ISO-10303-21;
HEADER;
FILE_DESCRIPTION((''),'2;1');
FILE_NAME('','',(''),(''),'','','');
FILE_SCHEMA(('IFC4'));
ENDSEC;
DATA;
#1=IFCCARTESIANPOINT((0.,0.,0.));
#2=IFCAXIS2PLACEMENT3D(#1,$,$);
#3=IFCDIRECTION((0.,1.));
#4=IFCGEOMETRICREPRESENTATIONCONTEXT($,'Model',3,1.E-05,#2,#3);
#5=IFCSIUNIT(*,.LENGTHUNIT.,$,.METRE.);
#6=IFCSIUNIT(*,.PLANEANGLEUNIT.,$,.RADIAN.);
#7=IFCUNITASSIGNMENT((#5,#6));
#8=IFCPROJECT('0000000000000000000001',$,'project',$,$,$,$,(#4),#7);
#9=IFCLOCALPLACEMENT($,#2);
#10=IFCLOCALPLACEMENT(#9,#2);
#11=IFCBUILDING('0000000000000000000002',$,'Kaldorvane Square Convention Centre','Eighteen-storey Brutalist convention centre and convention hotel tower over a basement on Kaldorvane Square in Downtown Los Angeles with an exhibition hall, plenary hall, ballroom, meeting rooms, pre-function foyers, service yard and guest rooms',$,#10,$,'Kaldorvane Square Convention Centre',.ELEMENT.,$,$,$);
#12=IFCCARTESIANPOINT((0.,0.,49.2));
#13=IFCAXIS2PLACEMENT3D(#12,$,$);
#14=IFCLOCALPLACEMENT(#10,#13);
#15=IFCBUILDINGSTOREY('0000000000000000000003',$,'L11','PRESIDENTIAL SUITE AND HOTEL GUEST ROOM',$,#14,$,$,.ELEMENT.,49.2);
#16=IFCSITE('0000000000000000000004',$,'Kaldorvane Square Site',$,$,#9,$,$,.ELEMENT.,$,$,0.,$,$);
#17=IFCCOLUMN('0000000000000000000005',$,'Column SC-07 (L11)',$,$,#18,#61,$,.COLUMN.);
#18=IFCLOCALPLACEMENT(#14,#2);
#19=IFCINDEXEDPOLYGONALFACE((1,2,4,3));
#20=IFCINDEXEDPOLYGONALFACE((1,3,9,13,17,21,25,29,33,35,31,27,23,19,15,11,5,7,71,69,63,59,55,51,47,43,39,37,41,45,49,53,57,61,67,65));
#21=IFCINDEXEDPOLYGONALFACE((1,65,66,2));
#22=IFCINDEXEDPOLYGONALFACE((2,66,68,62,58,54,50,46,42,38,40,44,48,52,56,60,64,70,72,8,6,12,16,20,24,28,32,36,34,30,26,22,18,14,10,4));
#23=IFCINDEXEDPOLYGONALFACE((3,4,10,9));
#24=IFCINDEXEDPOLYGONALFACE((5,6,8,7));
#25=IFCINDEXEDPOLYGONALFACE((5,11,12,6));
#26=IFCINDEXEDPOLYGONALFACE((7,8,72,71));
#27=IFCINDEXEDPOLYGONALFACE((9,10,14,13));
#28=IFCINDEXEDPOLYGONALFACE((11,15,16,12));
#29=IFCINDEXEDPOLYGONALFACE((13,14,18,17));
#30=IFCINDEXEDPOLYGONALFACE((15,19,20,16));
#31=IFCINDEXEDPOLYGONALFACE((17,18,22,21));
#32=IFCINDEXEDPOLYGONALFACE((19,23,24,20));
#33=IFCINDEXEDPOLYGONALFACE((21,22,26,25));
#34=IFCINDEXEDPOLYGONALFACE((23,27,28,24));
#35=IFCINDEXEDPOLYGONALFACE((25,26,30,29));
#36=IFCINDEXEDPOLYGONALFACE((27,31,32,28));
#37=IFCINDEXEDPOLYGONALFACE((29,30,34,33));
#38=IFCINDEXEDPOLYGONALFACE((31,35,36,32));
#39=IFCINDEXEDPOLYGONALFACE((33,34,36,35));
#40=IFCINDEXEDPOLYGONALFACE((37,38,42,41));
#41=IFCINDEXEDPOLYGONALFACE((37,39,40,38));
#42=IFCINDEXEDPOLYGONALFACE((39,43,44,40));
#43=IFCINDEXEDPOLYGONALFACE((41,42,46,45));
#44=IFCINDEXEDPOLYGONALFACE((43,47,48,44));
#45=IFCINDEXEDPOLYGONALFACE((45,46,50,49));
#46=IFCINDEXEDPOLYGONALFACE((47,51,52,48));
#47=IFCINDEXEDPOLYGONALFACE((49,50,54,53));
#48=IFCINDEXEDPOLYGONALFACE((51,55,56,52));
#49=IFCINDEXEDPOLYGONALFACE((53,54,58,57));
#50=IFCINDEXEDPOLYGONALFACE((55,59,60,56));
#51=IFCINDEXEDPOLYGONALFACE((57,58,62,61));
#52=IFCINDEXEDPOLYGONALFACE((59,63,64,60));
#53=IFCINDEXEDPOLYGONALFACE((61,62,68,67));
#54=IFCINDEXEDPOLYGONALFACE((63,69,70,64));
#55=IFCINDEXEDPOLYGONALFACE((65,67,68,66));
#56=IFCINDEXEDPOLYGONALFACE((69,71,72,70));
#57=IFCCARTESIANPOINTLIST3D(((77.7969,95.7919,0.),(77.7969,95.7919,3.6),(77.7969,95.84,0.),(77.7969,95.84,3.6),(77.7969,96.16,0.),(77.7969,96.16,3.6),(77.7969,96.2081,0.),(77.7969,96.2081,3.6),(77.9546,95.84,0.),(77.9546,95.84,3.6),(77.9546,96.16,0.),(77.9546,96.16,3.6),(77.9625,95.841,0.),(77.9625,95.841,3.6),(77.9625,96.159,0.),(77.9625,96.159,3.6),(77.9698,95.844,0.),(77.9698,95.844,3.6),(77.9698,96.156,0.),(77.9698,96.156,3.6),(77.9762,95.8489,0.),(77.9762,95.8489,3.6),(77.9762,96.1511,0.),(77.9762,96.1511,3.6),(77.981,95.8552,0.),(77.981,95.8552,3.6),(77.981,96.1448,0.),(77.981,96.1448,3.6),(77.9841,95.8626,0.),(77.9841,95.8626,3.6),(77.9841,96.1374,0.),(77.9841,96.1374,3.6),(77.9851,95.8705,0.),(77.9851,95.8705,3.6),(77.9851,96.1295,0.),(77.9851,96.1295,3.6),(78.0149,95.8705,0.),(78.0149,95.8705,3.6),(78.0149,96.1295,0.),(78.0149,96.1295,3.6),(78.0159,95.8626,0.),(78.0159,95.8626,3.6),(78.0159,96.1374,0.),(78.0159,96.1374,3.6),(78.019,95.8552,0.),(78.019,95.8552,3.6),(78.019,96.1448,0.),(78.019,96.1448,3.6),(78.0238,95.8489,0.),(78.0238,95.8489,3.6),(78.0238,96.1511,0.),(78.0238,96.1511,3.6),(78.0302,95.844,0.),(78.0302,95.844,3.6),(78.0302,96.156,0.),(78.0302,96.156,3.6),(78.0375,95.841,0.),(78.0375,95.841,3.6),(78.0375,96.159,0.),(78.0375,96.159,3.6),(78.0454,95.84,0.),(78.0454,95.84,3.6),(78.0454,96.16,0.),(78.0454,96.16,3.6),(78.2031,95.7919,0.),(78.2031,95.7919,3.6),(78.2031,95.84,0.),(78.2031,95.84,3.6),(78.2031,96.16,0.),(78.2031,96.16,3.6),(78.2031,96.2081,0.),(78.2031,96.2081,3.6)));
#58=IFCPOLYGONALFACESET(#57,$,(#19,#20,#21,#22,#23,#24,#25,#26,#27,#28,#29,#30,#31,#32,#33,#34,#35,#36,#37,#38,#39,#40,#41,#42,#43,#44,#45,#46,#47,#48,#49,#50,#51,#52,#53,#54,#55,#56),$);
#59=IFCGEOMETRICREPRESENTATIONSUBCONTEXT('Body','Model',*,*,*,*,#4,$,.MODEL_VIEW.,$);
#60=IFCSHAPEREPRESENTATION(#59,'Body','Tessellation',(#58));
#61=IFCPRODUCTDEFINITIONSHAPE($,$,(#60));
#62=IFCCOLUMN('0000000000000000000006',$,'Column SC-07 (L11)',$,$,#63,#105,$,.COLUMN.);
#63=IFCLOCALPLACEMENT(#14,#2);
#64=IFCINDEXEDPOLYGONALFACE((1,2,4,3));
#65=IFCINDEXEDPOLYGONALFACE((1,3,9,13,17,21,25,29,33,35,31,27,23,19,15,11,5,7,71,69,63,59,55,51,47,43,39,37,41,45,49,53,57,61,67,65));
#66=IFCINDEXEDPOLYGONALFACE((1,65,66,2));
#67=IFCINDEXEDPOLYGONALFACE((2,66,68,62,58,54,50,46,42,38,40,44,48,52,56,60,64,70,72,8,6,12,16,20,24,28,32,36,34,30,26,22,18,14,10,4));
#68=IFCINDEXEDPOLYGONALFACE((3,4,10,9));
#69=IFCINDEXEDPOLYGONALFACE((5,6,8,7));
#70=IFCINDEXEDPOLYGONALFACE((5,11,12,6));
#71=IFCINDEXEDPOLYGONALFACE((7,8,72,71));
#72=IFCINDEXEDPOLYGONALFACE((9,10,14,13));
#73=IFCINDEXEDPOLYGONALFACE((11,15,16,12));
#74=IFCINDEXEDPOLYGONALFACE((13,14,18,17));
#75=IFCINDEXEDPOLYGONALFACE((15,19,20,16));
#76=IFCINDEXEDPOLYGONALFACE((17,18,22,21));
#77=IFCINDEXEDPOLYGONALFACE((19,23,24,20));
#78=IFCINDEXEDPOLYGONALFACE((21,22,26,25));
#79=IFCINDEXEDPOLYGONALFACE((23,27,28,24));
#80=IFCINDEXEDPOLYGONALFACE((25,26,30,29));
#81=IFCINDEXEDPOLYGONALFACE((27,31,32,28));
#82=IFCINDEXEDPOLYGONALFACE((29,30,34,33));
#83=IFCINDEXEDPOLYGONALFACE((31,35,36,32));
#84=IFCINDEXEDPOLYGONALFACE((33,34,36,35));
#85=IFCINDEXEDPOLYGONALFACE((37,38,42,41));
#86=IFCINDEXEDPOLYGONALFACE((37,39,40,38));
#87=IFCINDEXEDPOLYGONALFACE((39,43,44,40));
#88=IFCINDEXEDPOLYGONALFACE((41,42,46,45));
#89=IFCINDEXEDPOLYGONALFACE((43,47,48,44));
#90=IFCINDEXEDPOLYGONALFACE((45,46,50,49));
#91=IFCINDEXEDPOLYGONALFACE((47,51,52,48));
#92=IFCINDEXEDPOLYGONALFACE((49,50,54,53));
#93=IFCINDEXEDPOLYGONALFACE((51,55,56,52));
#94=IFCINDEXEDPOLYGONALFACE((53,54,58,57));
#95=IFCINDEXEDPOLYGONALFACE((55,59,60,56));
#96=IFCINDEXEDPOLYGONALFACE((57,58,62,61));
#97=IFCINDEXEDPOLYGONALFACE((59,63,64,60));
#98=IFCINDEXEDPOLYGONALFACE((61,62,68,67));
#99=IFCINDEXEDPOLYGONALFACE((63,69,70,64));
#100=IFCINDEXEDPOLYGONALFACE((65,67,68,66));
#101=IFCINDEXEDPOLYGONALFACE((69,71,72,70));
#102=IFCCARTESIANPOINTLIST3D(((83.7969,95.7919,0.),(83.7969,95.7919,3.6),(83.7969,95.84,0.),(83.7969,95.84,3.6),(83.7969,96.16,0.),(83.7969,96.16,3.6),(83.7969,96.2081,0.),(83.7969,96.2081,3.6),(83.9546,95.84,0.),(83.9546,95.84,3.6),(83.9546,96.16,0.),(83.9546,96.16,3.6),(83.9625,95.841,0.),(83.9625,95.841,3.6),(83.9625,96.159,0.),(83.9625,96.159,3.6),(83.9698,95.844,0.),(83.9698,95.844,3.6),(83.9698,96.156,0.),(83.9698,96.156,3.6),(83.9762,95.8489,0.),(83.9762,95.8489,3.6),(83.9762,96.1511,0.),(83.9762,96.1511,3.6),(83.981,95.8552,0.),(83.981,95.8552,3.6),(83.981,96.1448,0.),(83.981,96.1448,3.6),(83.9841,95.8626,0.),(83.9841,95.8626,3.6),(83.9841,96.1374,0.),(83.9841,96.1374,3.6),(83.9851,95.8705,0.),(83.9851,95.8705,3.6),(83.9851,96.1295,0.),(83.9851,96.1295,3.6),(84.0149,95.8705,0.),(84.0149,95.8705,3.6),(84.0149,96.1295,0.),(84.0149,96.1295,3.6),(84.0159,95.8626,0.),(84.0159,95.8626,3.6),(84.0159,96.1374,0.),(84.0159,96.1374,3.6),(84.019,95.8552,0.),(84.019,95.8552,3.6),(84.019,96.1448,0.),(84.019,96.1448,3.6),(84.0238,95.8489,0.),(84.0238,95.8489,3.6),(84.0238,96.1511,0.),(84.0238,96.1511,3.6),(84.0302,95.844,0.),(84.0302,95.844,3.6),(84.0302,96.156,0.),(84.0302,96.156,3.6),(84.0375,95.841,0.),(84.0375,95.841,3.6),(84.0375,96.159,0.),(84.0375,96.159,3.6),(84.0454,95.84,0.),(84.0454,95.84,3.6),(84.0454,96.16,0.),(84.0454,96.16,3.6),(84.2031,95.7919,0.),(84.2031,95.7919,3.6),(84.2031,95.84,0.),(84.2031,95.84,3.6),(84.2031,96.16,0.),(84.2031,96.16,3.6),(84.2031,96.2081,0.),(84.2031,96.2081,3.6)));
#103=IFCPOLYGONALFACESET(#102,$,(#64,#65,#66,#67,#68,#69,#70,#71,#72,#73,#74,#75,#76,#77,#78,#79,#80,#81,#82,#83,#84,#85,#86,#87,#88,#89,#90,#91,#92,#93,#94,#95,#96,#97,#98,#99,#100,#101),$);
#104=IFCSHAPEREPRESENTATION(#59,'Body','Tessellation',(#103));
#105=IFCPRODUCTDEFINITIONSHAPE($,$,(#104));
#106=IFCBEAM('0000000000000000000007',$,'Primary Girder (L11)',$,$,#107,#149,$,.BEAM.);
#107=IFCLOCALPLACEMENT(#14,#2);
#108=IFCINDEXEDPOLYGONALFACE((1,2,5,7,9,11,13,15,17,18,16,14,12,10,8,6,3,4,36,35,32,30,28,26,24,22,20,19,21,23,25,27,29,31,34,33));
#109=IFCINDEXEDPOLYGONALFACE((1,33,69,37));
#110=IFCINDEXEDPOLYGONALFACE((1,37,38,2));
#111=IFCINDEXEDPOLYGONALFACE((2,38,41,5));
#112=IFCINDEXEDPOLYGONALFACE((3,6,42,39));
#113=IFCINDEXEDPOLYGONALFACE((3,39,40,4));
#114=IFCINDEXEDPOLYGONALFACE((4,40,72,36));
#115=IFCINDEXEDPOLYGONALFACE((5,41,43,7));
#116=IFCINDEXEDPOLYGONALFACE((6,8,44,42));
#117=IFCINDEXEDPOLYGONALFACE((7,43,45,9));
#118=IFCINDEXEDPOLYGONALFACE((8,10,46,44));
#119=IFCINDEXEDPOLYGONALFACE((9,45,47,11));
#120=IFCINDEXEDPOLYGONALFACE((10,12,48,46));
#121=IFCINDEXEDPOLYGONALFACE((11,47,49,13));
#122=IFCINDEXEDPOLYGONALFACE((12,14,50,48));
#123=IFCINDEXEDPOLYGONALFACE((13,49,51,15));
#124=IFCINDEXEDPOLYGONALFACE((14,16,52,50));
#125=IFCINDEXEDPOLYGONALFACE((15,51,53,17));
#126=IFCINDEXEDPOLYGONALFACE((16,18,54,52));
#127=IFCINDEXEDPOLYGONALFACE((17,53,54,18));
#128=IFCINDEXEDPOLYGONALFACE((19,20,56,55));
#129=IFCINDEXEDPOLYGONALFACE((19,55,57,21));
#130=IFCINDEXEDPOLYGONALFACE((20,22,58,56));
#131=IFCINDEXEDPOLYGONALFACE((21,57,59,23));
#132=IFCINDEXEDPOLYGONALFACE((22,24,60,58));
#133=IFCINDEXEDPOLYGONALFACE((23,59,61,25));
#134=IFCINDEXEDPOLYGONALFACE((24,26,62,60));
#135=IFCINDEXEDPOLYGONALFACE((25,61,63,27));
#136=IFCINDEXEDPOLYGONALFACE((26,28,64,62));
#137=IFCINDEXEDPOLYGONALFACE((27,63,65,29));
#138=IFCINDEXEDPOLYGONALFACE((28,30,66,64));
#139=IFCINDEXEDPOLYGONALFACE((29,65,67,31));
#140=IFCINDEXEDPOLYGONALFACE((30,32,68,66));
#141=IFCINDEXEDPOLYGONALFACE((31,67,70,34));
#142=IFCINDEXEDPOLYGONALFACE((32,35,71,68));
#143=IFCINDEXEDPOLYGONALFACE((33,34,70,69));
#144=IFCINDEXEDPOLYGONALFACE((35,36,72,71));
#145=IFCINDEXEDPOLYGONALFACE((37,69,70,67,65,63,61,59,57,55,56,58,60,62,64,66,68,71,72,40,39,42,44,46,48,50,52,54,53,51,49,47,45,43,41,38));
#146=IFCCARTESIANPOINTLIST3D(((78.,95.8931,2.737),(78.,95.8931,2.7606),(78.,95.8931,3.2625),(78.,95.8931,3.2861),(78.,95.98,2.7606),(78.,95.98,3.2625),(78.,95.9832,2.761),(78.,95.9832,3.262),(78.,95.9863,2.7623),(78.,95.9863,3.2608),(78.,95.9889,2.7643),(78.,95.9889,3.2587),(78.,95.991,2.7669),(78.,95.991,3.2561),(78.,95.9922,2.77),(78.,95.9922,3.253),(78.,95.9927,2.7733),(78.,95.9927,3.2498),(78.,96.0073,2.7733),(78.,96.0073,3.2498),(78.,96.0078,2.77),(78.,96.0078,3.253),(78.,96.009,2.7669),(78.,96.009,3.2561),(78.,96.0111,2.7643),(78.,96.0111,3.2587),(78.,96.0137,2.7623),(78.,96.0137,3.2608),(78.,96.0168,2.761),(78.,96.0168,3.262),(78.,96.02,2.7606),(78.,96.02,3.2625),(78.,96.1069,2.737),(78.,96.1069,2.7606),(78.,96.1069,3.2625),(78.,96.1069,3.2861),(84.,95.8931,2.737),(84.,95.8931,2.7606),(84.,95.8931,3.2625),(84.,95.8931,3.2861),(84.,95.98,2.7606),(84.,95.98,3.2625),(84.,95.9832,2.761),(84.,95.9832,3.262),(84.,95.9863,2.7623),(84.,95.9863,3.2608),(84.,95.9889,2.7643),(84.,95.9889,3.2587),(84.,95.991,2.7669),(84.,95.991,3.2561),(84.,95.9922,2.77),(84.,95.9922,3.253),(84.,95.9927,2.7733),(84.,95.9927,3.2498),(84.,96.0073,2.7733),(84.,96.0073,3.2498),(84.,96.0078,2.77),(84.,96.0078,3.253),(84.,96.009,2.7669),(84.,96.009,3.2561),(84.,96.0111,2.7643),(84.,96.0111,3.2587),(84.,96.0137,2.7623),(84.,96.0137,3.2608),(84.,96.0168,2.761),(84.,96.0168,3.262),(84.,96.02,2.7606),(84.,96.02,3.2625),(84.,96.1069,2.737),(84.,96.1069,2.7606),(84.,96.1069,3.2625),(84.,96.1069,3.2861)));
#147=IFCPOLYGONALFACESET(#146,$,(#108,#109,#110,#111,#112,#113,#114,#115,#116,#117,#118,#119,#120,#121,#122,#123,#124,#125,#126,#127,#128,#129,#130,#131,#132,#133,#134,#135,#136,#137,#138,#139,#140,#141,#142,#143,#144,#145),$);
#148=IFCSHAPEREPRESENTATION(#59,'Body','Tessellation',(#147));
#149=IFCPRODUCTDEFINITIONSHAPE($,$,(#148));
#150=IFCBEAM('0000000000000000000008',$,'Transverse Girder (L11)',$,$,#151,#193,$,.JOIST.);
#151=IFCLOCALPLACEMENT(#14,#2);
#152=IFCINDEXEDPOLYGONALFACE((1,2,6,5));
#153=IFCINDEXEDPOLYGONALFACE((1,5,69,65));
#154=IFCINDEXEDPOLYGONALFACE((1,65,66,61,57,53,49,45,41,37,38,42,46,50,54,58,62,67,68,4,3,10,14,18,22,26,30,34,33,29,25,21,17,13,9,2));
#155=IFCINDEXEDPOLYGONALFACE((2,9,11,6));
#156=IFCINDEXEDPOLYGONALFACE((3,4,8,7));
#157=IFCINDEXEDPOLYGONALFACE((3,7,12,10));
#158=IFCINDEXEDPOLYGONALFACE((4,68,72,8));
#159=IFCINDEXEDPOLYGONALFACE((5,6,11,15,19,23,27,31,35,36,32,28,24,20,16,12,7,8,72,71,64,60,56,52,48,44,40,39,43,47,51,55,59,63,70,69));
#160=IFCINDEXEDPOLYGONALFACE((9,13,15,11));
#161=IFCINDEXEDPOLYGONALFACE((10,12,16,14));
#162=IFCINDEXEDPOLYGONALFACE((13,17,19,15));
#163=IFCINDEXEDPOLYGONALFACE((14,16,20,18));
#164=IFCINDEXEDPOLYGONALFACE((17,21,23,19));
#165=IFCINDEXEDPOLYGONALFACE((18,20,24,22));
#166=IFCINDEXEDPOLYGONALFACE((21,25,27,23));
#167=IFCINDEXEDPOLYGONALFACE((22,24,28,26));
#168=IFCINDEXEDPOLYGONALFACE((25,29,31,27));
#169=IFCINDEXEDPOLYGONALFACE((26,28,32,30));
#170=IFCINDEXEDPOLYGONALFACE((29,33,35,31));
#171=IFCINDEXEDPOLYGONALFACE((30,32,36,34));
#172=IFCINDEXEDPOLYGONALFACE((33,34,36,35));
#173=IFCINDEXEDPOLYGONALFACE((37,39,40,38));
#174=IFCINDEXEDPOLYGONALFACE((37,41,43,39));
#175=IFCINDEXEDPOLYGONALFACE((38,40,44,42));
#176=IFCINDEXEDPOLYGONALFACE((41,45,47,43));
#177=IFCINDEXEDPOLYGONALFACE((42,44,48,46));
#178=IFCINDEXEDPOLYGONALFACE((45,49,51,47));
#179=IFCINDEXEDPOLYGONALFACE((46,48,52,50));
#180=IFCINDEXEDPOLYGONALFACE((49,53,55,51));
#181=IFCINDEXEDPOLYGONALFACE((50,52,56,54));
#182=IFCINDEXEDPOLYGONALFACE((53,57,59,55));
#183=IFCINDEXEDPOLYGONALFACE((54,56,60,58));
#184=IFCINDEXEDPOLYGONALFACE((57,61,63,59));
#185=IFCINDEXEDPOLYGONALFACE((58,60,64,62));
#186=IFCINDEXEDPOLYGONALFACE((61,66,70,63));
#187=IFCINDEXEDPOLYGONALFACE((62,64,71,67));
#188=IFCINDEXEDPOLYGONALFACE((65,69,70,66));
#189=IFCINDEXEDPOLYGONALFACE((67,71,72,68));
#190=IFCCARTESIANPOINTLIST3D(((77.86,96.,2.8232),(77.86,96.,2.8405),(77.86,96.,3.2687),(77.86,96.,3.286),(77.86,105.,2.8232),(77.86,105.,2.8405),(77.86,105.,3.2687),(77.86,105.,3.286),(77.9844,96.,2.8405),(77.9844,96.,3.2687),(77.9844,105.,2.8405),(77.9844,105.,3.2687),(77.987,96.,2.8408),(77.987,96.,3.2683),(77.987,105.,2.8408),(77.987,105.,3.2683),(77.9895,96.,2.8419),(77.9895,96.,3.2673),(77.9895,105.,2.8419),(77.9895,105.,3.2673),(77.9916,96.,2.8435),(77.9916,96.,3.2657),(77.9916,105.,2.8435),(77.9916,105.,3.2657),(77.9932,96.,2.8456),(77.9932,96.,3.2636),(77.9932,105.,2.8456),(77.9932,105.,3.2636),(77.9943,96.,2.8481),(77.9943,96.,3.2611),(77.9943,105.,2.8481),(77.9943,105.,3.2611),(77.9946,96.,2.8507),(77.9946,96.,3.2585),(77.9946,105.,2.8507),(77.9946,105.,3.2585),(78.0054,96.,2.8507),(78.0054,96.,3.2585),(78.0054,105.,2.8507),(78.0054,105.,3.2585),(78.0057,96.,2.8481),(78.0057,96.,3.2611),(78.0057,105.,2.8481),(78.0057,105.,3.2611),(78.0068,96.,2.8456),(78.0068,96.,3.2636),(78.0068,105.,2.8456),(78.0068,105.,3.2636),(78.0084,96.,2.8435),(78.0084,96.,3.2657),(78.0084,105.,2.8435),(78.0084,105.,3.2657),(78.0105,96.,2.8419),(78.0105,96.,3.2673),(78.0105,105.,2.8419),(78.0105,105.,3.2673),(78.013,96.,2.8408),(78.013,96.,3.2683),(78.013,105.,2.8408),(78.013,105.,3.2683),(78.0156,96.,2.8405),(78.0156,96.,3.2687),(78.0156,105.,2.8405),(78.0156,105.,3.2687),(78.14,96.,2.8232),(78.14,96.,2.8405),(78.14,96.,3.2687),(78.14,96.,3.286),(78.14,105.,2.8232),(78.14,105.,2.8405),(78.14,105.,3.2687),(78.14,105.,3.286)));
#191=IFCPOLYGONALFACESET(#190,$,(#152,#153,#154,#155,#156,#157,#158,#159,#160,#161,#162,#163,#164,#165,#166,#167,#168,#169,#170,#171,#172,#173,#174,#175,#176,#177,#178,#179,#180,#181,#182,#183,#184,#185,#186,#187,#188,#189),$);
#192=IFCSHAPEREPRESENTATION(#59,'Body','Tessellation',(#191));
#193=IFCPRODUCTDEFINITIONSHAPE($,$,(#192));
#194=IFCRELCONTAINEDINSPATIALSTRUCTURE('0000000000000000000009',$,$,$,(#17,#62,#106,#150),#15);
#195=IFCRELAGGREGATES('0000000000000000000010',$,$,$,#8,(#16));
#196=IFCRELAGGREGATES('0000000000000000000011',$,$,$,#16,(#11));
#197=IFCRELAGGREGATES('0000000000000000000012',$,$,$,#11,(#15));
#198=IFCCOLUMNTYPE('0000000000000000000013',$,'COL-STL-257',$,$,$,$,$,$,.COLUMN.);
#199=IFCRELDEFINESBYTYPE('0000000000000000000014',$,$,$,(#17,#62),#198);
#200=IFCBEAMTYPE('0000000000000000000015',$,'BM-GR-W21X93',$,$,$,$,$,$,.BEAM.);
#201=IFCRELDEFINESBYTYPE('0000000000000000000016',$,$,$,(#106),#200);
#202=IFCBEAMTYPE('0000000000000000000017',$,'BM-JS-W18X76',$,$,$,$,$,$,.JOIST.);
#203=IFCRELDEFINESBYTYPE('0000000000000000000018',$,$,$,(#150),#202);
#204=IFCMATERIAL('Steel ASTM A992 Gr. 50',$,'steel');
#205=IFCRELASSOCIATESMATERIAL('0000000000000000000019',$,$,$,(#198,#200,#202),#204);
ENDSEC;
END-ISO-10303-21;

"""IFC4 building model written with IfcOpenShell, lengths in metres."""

from ifc_helpers import new_model, si_unit, direction, frame, origin, origin_2d, place, context, subcontext, project, spatial, i_section, extrude, material, material_profile, profile_set, type_object, element, save


model = new_model("IFC4")

# Units and contexts
model_context = context("Model", 3, precision=1e-05, world=origin(), true_north=direction((0.0, 1.0)))
body_context = subcontext(model_context, "Body", "Model", "MODEL_VIEW")
ifc_project = project(units=[si_unit("LENGTHUNIT", "METRE"), si_unit("PLANEANGLEUNIT", "RADIAN")], contexts=[model_context])

# Site, building, storey
site_placement = place(None, origin())
site = spatial("IfcSite", under=ifc_project, at=site_placement, Name="Kaldorvane Square Site", CompositionType="ELEMENT", RefElevation=0.0)
building_placement = place(site_placement, origin())
building = spatial("IfcBuilding", under=site, at=building_placement, Name="Kaldorvane Square Convention Centre", Description="Eighteen-storey Brutalist convention centre and convention hotel tower over a basement on Kaldorvane Square in Downtown Los Angeles with an exhibition hall, plenary hall, ballroom, meeting rooms, pre-function foyers, service yard and guest rooms", LongName="Kaldorvane Square Convention Centre", CompositionType="ELEMENT")
storey_placement = place(building_placement, frame((0.0, 0.0, 49.2)))
storey = spatial("IfcBuildingStorey", under=building, at=storey_placement, Name="L11", Description="PRESIDENTIAL SUITE AND HOTEL GUEST ROOM", CompositionType="ELEMENT", Elevation=49.2)

# Columns
ifc_material_1 = material(Name="Steel ASTM A992 Gr. 50", Category="steel")
ifc_material_profile_1 = material_profile(ifc_material_1, i_section(OverallWidth=0.4063, OverallDepth=0.4161, WebThickness=0.0298, FlangeThickness=0.048, FilletRadius=0.0305, at=origin_2d()), Name="W14X257")
ifc_profile_set_1 = profile_set([ifc_material_profile_1], Name="Steel ASTM A992 Gr. 50")
column_type = type_object("IfcColumnType", Name="COL-STL-257", PredefinedType="COLUMN", material=ifc_profile_set_1)
for number, where, z_axis, x_axis, name in (
    (1, (78.0, 96.0, 0.0), (0.0, 0.0, 1.0), (1.0, 0.0, 0.0), "Column SC-07 (L11)"),
    (2, (84.0, 96.0, 0.0), (0.0, 0.0, 1.0), (1.0, 0.0, 0.0), "Column SC-07 (L11)"),
):
    element("IfcColumn", number, at=place(storey_placement, frame(where, z_axis=z_axis, x_axis=x_axis)), inside=storey, type_object=column_type, Name=name, PredefinedType="COLUMN", context=body_context, shape_type="SweptSolid", body=[
        extrude(i_section(OverallWidth=0.4063, OverallDepth=0.4161, WebThickness=0.0298, FlangeThickness=0.048, FilletRadius=0.0305, at=origin_2d()), origin(), (0.0, 0.0, 1.0), 3.6),
    ])

# Beams
ifc_material_profile_2 = material_profile(ifc_material_1, i_section(OverallWidth=0.2139, OverallDepth=0.5491, WebThickness=0.0147, FlangeThickness=0.0236, FilletRadius=0.0127, at=origin_2d()), Name="W21X93")
ifc_profile_set_2 = profile_set([ifc_material_profile_2], Name="Steel ASTM A992 Gr. 50")
beam_type_1 = type_object("IfcBeamType", Name="BM-GR-W21X93", PredefinedType="BEAM", material=ifc_profile_set_2)
beam_1_placement = place(storey_placement, frame((78.0, 96.0, 3.0115), z_axis=(1.0, 0.0, 0.0), x_axis=(0.0, 1.0, 0.0)))
element("IfcBeam", 3, at=beam_1_placement, inside=storey, type_object=beam_type_1, Name="Primary Girder (L11)", PredefinedType="BEAM", context=body_context, shape_type="SweptSolid", body=[
    extrude(i_section(OverallWidth=0.2139, OverallDepth=0.5491, WebThickness=0.0147, FlangeThickness=0.0236, FilletRadius=0.0127, at=origin_2d()), origin(), (0.0, 0.0, 1.0), 6.0),
])
ifc_material_profile_3 = material_profile(ifc_material_1, i_section(OverallWidth=0.2799, OverallDepth=0.4628, WebThickness=0.0108, FlangeThickness=0.0173, FilletRadius=0.0102, at=origin_2d()), Name="W18X76")
ifc_profile_set_3 = profile_set([ifc_material_profile_3], Name="Steel ASTM A992 Gr. 50")
beam_type_2 = type_object("IfcBeamType", Name="BM-JS-W18X76", PredefinedType="JOIST", material=ifc_profile_set_3)
beam_2_placement = place(storey_placement, frame((78.0, 96.0, 3.0546), z_axis=(0.0, 1.0, 0.0), x_axis=(-1.0, 0.0, 0.0)))
element("IfcBeam", 4, at=beam_2_placement, inside=storey, type_object=beam_type_2, Name="Transverse Girder (L11)", PredefinedType="JOIST", context=body_context, shape_type="SweptSolid", body=[
    extrude(i_section(OverallWidth=0.2799, OverallDepth=0.4628, WebThickness=0.0108, FlangeThickness=0.0173, FilletRadius=0.0102, at=origin_2d()), origin(), (0.0, 0.0, 1.0), 9.0),
])

save(model, "model.ifc")
